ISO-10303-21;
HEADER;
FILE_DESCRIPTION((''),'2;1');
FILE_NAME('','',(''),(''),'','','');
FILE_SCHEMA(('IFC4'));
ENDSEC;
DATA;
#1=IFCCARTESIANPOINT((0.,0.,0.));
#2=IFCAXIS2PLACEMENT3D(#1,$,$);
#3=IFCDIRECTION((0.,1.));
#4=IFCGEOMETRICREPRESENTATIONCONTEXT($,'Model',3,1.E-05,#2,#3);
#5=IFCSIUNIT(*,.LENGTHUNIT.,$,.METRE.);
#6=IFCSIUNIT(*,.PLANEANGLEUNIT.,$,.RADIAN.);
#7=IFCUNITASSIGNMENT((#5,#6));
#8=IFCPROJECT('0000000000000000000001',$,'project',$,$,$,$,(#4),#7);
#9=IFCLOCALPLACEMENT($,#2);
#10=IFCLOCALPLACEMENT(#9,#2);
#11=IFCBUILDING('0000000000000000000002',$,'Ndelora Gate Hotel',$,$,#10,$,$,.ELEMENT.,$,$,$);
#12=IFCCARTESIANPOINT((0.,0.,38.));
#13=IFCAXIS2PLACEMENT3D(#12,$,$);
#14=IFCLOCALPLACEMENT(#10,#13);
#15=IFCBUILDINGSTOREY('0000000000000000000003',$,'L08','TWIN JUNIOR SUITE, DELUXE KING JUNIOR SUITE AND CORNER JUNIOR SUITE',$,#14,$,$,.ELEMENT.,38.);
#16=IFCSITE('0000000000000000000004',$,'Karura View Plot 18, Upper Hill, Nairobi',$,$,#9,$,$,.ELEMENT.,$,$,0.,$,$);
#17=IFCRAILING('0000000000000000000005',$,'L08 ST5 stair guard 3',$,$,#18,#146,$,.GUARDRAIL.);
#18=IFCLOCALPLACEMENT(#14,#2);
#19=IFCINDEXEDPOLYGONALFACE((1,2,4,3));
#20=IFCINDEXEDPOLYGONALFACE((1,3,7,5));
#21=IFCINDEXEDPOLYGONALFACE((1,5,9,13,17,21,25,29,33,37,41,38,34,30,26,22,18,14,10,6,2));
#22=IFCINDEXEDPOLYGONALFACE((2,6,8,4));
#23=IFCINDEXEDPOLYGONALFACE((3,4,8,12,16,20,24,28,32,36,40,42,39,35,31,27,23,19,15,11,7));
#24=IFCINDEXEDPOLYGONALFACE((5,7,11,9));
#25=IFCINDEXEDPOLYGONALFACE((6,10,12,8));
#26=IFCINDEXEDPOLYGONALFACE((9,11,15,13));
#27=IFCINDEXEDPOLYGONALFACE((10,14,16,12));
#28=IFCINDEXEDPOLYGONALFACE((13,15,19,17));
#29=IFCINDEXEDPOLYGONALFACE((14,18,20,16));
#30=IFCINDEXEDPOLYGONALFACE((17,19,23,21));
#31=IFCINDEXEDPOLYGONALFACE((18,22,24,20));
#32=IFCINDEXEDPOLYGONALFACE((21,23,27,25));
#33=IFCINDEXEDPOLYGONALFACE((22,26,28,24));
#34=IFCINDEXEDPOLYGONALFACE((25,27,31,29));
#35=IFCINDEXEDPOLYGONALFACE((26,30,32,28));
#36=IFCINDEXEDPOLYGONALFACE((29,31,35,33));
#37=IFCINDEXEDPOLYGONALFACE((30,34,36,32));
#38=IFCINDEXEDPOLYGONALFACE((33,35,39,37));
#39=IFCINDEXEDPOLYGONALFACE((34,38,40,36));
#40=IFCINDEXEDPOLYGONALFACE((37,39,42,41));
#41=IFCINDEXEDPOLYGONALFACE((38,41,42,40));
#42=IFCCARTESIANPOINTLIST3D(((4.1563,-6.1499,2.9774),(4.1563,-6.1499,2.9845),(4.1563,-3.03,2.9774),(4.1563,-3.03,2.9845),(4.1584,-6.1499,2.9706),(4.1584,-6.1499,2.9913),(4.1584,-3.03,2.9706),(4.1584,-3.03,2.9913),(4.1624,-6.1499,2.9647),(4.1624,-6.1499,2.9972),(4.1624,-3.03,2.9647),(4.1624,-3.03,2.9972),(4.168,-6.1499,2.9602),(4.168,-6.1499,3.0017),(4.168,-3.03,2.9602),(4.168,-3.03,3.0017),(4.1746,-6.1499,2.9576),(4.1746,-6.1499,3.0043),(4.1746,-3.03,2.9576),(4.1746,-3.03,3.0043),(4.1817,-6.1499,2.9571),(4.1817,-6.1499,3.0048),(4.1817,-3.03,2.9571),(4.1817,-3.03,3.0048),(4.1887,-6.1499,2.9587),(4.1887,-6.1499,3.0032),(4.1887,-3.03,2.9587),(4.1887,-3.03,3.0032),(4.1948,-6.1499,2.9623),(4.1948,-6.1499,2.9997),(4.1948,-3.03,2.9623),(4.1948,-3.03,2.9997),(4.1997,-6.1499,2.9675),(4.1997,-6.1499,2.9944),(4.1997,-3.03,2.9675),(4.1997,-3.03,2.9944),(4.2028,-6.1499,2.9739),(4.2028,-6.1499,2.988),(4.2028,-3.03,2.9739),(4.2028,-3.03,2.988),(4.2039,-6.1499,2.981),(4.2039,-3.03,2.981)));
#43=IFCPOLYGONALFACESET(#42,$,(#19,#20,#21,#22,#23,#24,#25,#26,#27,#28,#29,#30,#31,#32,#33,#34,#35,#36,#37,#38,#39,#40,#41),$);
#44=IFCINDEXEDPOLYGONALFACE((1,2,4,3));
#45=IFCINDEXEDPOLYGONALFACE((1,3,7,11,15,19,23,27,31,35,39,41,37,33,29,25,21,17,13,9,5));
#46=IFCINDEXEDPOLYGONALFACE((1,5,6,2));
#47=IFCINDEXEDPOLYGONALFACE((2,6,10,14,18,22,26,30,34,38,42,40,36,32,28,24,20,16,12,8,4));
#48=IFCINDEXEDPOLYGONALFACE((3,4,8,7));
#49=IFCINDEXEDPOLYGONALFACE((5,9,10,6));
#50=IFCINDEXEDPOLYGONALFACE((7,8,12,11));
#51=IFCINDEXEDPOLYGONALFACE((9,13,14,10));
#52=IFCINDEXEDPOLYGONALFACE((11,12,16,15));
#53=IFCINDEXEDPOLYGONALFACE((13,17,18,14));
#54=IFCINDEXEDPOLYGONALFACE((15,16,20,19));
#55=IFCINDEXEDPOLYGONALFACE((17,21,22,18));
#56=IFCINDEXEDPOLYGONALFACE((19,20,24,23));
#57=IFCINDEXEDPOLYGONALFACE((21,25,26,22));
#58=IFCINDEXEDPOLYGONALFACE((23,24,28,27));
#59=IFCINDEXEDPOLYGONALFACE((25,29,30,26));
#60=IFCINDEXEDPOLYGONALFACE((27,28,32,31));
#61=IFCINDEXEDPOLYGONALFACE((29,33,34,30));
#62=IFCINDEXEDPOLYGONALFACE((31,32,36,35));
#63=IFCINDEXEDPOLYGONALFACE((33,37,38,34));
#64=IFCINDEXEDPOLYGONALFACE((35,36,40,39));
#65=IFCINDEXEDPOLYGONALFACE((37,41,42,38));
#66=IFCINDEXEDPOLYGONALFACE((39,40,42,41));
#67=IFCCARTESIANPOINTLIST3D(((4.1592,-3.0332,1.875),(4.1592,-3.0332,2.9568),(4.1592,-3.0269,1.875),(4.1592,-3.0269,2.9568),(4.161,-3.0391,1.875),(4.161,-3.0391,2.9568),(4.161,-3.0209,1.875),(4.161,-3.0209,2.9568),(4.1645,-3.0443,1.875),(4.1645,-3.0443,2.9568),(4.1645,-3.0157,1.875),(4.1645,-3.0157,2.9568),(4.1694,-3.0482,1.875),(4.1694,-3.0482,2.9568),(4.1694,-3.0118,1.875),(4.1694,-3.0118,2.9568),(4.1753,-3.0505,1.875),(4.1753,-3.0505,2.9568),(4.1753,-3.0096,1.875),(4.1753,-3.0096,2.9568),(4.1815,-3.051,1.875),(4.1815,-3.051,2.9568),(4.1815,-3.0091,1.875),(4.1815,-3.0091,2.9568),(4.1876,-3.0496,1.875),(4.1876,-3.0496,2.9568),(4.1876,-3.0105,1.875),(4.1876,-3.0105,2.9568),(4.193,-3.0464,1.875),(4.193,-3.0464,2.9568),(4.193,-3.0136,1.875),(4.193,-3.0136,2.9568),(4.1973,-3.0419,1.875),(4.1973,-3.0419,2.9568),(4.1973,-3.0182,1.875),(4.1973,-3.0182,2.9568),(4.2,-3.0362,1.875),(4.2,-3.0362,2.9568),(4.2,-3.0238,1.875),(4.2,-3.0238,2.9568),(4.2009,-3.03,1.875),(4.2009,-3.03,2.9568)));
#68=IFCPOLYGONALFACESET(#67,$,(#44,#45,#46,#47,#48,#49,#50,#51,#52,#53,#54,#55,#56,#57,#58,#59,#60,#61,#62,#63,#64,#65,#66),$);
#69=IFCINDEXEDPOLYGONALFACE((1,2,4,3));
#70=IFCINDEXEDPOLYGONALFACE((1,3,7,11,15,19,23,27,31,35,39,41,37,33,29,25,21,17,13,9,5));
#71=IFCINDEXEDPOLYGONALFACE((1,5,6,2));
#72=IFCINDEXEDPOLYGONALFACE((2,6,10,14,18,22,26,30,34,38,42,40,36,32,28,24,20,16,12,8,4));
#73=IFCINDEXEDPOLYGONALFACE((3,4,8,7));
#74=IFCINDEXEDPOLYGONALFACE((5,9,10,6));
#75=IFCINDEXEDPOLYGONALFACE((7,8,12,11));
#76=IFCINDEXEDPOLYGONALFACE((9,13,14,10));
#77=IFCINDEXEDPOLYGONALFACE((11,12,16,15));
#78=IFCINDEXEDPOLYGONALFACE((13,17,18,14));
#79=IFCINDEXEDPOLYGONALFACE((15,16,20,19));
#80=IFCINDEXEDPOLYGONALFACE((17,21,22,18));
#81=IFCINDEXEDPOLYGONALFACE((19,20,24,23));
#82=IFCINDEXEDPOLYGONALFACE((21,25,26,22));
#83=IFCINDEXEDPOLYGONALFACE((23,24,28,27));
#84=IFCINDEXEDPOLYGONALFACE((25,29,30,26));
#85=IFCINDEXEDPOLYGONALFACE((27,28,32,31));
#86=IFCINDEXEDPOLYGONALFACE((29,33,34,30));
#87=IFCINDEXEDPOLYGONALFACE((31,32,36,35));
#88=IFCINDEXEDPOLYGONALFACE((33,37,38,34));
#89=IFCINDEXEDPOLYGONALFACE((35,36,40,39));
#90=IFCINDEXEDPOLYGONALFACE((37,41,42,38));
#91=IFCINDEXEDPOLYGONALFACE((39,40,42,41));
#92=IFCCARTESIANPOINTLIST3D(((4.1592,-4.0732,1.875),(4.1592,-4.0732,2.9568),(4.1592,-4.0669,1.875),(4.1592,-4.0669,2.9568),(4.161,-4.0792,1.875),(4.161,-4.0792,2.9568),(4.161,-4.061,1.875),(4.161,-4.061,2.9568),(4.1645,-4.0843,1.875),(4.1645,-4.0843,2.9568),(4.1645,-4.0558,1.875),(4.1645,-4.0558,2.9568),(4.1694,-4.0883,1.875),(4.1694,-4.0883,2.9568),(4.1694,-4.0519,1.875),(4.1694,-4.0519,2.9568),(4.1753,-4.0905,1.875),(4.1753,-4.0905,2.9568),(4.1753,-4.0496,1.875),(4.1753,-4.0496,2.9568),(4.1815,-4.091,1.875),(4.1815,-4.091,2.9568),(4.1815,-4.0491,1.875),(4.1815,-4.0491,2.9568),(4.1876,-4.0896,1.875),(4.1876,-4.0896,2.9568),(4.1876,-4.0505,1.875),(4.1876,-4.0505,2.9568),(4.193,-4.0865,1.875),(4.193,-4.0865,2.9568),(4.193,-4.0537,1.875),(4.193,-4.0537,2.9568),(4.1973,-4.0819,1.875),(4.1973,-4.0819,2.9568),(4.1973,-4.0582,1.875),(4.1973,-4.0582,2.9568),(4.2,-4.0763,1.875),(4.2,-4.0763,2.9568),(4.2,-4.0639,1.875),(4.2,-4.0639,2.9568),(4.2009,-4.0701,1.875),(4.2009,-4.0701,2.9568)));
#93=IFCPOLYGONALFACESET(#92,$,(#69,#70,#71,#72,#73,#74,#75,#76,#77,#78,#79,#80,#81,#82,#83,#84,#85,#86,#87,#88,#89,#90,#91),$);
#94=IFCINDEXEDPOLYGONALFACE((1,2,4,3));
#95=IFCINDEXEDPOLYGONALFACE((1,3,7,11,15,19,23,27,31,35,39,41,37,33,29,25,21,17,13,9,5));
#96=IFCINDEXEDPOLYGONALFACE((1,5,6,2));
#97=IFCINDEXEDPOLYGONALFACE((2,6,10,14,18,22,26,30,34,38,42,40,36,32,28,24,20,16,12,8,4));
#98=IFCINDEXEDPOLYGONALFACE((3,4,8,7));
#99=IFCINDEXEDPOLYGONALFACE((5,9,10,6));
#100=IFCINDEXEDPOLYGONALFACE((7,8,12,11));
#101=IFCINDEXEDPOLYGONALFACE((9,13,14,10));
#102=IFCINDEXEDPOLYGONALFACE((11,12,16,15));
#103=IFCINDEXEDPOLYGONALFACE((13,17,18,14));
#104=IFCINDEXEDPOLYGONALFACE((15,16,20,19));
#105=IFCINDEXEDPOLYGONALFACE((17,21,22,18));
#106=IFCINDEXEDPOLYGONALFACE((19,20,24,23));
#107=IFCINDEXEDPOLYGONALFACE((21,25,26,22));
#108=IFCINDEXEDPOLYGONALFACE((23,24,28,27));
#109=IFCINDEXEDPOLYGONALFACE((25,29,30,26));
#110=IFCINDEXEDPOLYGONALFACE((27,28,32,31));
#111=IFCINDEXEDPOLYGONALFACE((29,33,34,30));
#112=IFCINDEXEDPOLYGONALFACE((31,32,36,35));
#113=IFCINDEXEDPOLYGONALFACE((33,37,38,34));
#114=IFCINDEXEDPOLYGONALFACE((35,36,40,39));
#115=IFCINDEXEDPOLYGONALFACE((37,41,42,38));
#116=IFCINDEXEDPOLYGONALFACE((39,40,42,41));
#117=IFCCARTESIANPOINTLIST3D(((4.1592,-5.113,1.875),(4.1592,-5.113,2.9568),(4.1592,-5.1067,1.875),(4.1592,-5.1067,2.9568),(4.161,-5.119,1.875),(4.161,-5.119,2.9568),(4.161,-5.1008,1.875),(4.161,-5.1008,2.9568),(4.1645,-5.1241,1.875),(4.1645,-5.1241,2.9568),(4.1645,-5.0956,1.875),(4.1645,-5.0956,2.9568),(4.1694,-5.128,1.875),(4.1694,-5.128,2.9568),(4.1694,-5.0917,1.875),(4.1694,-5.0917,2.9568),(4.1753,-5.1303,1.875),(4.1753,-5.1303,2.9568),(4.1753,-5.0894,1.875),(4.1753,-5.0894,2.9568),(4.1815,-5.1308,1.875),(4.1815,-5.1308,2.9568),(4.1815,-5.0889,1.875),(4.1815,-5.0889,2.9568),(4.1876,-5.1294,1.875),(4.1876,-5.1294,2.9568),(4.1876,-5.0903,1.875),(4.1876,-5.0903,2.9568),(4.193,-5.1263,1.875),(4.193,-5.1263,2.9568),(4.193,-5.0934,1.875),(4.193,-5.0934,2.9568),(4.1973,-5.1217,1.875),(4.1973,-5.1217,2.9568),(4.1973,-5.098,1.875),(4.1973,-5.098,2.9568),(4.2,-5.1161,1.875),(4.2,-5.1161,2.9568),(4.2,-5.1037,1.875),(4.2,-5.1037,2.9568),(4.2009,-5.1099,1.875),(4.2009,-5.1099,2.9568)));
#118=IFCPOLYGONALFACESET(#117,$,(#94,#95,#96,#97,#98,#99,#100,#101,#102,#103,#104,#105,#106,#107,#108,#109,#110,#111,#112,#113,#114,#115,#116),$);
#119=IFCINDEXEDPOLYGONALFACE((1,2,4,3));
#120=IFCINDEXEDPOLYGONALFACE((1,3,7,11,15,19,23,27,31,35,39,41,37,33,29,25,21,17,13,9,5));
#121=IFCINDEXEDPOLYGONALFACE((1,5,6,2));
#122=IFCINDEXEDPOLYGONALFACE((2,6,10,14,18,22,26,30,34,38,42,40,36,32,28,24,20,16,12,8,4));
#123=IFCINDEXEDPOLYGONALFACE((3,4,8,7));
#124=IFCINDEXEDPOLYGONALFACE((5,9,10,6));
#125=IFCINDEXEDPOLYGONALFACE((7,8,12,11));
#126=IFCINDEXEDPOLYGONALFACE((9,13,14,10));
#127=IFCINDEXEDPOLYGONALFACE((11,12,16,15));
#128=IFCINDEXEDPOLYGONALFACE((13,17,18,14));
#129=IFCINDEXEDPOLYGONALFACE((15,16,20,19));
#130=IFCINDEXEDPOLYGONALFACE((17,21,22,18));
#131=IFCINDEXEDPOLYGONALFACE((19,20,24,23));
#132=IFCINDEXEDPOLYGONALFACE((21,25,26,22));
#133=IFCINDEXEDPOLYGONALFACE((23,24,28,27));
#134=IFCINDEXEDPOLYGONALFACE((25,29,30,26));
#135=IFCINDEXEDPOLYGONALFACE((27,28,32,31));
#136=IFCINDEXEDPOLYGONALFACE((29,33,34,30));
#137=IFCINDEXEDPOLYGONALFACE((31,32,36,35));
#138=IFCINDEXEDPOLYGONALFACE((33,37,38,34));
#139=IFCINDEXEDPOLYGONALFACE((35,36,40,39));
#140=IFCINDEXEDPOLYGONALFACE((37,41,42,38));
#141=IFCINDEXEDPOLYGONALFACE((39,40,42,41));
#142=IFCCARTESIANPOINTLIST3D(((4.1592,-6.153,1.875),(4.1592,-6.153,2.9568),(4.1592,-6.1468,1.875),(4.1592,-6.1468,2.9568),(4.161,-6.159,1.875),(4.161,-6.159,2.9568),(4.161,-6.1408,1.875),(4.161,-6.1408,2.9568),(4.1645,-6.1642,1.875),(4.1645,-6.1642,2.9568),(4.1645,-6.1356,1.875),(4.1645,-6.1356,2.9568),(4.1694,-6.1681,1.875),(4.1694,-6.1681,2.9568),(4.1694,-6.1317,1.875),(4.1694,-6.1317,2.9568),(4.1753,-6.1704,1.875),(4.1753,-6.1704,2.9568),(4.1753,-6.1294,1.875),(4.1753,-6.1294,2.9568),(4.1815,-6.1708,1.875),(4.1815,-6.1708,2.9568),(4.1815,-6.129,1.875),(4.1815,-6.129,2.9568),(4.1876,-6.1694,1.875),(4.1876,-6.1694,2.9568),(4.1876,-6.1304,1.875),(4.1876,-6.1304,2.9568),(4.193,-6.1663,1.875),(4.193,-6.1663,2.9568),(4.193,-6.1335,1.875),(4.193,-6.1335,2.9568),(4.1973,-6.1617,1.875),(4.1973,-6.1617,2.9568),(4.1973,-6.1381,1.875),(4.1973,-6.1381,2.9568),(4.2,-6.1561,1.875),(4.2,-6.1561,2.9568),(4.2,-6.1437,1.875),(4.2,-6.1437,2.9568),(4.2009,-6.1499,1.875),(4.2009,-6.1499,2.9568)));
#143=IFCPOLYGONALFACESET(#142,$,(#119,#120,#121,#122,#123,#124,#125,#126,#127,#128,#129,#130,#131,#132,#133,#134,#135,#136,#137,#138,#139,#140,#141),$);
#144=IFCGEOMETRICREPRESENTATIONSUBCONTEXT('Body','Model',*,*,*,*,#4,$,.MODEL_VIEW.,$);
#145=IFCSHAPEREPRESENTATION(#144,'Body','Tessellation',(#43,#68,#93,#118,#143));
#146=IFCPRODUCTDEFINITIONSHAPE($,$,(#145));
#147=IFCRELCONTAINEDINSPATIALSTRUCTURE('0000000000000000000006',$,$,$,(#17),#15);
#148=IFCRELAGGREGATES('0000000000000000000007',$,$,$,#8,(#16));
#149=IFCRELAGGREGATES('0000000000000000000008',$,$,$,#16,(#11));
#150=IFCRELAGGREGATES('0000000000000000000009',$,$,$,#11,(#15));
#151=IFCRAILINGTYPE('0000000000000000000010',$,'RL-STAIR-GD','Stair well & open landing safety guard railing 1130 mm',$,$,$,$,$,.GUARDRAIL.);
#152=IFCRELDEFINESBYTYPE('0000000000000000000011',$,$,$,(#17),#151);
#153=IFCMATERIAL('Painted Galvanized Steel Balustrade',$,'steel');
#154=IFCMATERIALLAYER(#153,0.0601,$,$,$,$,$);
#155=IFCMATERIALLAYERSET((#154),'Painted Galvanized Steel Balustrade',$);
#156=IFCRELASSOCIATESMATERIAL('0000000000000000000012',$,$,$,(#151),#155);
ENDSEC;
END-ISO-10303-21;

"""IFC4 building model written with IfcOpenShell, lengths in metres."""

from ifc_helpers import new_model, si_unit, direction, frame, origin, origin_2d, place, context, subcontext, project, spatial, circle, extrude, material, layer, layer_set, type_object, element, save


model = new_model("IFC4")

# Units and contexts
model_context = context("Model", 3, precision=1e-05, world=origin(), true_north=direction((0.0, 1.0)))
body_context = subcontext(model_context, "Body", "Model", "MODEL_VIEW")
ifc_project = project(units=[si_unit("LENGTHUNIT", "METRE"), si_unit("PLANEANGLEUNIT", "RADIAN")], contexts=[model_context])

# Site, building, storey
site_placement = place(None, origin())
site = spatial("IfcSite", under=ifc_project, at=site_placement, Name="Karura View Plot 18, Upper Hill, Nairobi", CompositionType="ELEMENT", RefElevation=0.0)
building_placement = place(site_placement, origin())
building = spatial("IfcBuilding", under=site, at=building_placement, Name="Ndelora Gate Hotel", CompositionType="ELEMENT")
storey_placement = place(building_placement, frame((0.0, 0.0, 38.0)))
storey = spatial("IfcBuildingStorey", under=building, at=storey_placement, Name="L08", Description="TWIN JUNIOR SUITE, DELUXE KING JUNIOR SUITE AND CORNER JUNIOR SUITE", CompositionType="ELEMENT", Elevation=38.0)

# Railing
ifc_material_1 = material(Name="Painted Galvanized Steel Balustrade", Category="steel")
ifc_layer_1 = layer(ifc_material_1, 0.0601)
ifc_layer_set_1 = layer_set([ifc_layer_1], Name="Painted Galvanized Steel Balustrade")
railing_type_1 = type_object("IfcRailingType", Name="RL-STAIR-GD", Description="Stair well & open landing safety guard railing 1130 mm", PredefinedType="GUARDRAIL", material=ifc_layer_set_1)
for number, where, name in (
    (1, (4.1799, -3.03, 1.875), "L08 ST5 stair guard 3"),
):
    element("IfcRailing", number, at=place(storey_placement, frame(where)), inside=storey, type_object=railing_type_1, Name=name, PredefinedType="GUARDRAIL", context=body_context, shape_type="SweptSolid", body=[
        extrude(circle(Radius=0.0239, at=origin_2d()), frame((0.0, 0.0, 1.106), z_axis=(0.0, -1.0, 0.0), x_axis=(1.0, 0.0, 0.0)), (0.0, 0.0, 1.0), 3.1199),
        extrude(circle(Radius=0.021, at=origin_2d()), origin(), (0.0, 0.0, 1.0), 1.0818),
        extrude(circle(Radius=0.021, at=origin_2d()), frame((0.0, -1.04, 0.0)), (0.0, 0.0, 1.0), 1.0818),
        extrude(circle(Radius=0.021, at=origin_2d()), frame((0.0, -2.0798, 0.0)), (0.0, 0.0, 1.0), 1.0818),
        extrude(circle(Radius=0.021, at=origin_2d()), frame((0.0, -3.1199, 0.0)), (0.0, 0.0, 1.0), 1.0818),
    ])

save(model, "model.ifc")
